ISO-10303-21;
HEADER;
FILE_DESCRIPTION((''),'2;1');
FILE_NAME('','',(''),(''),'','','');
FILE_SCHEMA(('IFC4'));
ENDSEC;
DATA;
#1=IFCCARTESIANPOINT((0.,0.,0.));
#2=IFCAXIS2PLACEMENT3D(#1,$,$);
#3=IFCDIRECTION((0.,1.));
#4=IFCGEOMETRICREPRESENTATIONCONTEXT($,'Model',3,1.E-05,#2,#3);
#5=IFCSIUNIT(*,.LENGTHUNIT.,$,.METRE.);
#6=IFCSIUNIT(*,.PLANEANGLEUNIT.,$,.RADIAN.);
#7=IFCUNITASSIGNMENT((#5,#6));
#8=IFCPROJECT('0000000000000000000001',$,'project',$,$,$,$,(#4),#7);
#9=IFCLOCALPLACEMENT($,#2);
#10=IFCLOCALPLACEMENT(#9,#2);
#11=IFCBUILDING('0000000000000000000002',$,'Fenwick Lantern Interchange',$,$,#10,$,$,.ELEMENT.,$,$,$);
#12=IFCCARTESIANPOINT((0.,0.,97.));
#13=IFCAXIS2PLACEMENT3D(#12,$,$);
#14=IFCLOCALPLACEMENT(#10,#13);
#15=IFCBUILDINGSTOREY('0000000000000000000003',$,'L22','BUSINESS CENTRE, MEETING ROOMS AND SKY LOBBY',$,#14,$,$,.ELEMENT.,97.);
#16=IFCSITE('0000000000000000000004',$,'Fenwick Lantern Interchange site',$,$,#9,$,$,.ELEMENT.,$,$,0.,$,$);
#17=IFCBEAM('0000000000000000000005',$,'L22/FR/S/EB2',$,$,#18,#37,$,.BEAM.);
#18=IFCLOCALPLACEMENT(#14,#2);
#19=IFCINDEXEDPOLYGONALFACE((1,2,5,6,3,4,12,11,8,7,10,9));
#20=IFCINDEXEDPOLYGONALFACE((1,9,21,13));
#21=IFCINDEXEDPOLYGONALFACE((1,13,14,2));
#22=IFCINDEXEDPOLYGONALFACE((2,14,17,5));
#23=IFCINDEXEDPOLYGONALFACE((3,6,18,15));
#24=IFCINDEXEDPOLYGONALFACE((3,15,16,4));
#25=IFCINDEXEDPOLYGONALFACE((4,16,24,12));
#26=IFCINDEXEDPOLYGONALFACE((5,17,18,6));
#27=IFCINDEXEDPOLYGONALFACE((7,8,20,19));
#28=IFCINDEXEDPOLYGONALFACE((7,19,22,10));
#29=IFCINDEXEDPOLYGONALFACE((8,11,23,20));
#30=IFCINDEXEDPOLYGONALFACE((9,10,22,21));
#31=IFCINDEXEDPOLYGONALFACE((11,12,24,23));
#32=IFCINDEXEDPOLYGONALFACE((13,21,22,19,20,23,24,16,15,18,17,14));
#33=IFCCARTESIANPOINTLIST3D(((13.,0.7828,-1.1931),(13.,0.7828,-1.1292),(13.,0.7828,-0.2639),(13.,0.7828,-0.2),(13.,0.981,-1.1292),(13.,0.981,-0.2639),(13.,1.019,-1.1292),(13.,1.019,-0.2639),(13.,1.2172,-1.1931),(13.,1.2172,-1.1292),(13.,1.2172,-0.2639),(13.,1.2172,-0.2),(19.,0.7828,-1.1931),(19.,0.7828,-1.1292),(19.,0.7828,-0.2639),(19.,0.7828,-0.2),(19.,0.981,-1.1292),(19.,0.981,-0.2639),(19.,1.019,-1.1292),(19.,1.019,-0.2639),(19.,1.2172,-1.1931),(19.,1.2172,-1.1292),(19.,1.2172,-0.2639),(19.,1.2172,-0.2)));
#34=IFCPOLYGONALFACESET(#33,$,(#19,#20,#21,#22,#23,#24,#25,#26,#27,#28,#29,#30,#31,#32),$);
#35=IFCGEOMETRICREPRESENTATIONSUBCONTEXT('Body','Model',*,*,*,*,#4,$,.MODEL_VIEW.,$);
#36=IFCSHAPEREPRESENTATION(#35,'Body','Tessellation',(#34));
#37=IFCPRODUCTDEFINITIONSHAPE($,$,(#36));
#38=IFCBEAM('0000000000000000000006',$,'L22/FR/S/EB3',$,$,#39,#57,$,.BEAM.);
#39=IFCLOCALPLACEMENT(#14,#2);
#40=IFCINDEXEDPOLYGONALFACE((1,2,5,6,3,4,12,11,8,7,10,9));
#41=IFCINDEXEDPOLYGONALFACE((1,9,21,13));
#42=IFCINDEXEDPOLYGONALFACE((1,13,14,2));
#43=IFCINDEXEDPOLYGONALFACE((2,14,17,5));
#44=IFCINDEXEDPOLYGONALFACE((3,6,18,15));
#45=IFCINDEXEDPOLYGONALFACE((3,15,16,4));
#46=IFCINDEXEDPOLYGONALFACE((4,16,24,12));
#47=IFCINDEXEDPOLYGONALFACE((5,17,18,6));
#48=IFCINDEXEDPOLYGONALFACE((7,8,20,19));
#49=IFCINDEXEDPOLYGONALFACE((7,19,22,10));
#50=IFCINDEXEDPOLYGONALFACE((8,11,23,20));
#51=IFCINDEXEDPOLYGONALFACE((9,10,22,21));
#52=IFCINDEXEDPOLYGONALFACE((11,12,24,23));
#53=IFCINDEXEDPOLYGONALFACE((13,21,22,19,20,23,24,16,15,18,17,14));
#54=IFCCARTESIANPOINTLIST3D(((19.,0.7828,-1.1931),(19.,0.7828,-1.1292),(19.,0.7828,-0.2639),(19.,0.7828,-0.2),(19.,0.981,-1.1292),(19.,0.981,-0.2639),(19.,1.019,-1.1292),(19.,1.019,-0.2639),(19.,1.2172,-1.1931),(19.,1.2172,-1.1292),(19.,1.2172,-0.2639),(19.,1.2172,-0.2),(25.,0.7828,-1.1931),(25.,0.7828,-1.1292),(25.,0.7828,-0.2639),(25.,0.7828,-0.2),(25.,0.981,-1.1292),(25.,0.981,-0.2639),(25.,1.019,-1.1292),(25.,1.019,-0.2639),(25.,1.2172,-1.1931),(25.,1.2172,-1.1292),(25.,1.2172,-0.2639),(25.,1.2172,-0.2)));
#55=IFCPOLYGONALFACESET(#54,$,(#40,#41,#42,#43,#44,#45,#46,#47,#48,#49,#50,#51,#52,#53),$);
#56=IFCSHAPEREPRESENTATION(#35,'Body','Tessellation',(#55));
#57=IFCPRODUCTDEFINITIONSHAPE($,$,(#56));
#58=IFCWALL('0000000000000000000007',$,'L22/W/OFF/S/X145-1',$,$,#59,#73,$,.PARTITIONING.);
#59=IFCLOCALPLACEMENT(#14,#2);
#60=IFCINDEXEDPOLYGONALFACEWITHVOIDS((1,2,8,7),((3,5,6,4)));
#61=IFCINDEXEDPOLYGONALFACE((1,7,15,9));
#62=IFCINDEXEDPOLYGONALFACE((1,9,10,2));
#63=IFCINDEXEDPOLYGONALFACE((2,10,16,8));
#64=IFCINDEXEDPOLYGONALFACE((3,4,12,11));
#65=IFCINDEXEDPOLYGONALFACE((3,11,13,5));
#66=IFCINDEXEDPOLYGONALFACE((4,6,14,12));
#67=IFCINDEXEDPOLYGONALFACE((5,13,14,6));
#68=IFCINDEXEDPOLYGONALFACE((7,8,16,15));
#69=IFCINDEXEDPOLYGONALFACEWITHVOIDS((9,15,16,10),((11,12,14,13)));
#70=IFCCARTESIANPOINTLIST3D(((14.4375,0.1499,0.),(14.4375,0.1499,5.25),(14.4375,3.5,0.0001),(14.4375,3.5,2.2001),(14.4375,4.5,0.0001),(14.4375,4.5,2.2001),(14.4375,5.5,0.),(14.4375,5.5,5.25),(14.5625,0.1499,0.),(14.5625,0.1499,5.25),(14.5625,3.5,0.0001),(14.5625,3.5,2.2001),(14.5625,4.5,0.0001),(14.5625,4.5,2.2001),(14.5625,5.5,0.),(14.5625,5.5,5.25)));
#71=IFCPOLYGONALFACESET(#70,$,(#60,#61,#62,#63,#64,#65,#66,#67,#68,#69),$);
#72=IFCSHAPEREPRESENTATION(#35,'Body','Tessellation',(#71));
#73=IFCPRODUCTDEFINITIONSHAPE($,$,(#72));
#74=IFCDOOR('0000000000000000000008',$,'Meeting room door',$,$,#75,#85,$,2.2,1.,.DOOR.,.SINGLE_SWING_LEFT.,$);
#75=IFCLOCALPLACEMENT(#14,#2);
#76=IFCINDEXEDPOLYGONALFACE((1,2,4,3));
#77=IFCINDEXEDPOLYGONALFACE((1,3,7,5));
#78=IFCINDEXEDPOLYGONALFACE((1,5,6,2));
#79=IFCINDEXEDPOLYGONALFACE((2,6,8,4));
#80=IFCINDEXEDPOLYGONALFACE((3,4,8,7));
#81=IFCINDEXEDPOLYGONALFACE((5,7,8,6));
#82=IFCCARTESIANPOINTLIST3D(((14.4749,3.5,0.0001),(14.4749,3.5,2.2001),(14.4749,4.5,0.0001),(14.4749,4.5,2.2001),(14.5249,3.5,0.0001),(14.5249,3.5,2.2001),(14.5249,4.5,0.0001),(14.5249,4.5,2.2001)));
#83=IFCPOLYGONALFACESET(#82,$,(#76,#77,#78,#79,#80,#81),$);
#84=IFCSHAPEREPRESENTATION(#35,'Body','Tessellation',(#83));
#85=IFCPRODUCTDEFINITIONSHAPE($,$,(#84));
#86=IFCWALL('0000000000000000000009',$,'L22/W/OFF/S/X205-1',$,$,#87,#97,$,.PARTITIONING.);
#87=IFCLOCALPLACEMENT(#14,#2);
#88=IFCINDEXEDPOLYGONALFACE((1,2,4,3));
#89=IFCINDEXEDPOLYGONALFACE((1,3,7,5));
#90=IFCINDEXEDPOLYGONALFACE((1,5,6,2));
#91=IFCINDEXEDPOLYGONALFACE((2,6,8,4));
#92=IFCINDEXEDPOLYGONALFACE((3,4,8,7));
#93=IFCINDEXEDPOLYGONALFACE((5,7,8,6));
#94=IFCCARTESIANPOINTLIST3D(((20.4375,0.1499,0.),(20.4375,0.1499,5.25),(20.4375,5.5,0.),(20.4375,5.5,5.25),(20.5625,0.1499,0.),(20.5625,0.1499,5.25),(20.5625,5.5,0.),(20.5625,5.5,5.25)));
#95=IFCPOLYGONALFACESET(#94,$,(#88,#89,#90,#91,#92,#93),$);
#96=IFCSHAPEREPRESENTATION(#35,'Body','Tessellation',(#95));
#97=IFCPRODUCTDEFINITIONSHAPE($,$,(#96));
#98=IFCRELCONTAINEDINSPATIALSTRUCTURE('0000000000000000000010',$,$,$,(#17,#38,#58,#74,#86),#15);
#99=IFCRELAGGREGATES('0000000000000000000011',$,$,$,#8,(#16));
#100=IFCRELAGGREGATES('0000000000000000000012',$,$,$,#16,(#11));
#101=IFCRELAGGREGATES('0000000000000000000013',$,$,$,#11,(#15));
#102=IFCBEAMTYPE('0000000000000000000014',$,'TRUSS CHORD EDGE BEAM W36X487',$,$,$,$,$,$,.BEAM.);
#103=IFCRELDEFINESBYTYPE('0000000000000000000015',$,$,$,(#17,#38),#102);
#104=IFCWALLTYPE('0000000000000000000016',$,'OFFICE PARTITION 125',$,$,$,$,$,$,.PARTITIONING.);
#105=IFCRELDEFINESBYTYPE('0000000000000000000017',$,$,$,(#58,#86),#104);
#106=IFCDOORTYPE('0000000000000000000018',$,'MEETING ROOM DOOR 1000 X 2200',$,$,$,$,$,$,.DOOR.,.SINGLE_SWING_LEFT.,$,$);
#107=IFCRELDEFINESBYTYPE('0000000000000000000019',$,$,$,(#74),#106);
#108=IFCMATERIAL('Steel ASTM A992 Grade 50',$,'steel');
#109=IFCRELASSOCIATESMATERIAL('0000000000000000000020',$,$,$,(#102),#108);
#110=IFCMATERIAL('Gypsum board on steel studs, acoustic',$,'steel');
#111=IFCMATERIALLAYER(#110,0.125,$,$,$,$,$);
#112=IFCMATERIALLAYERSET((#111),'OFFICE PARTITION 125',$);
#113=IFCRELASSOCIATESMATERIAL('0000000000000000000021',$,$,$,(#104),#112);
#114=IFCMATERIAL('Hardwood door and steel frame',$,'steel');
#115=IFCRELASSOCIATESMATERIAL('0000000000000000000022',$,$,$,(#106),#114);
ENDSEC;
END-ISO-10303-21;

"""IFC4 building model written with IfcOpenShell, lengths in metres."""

from ifc_helpers import new_model, si_unit, direction, frame, frame_2d, origin, origin_2d, place, context, subcontext, project, spatial, rectangle, i_section, extrude, material, layer, layer_set, material_profile, profile_set, type_object, element, fill, save


model = new_model("IFC4")

# Units and contexts
model_context = context("Model", 3, precision=1e-05, world=origin(), true_north=direction((0.0, 1.0)))
body_context = subcontext(model_context, "Body", "Model", "MODEL_VIEW")
ifc_project = project(units=[si_unit("LENGTHUNIT", "METRE"), si_unit("PLANEANGLEUNIT", "RADIAN")], contexts=[model_context])

# Site, building, storey
site_placement = place(None, origin())
site = spatial("IfcSite", under=ifc_project, at=site_placement, Name="Fenwick Lantern Interchange site", CompositionType="ELEMENT", RefElevation=0.0)
building_placement = place(site_placement, origin())
building = spatial("IfcBuilding", under=site, at=building_placement, Name="Fenwick Lantern Interchange", CompositionType="ELEMENT")
storey_placement = place(building_placement, frame((0.0, 0.0, 97.0)))
storey = spatial("IfcBuildingStorey", under=building, at=storey_placement, Name="L22", Description="BUSINESS CENTRE, MEETING ROOMS AND SKY LOBBY", CompositionType="ELEMENT", Elevation=97.0)

# Shared definitions
ifc_material_1 = material(Name="Steel ASTM A992 Grade 50", Category="steel")

# Beams
ifc_material_profile_1 = material_profile(ifc_material_1, i_section(OverallWidth=0.4343, OverallDepth=0.9932, WebThickness=0.0381, FlangeThickness=0.064, at=origin_2d()), Name="W36X487")
ifc_profile_set_1 = profile_set([ifc_material_profile_1], Name="Steel ASTM A992 Grade 50")
beam_type_1 = type_object("IfcBeamType", Name="TRUSS CHORD EDGE BEAM W36X487", PredefinedType="BEAM", material=ifc_profile_set_1)
for number, where, z_axis, x_axis, name in (
    (1, (13.0, 1.0, -0.6965), (1.0, 0.0, 0.0), (0.0, 1.0, 0.0), "L22/FR/S/EB2"),
    (2, (19.0, 1.0, -0.6965), (1.0, 0.0, 0.0), (0.0, 1.0, 0.0), "L22/FR/S/EB3"),
):
    element("IfcBeam", number, at=place(storey_placement, frame(where, z_axis=z_axis, x_axis=x_axis)), inside=storey, type_object=beam_type_1, Name=name, PredefinedType="BEAM", context=body_context, shape_type="SweptSolid", body=[
        extrude(i_section(OverallWidth=0.4343, OverallDepth=0.9932, WebThickness=0.0381, FlangeThickness=0.064, at=origin_2d()), origin(), (0.0, 0.0, 1.0), 6.0),
    ])

# Wall, opening, door
ifc_material_2 = material(Name="Gypsum board on steel studs, acoustic", Category="steel")
ifc_layer = layer(ifc_material_2, 0.125)
ifc_layer_set = layer_set([ifc_layer], Name="OFFICE PARTITION 125")
wall_type = type_object("IfcWallType", Name="OFFICE PARTITION 125", PredefinedType="PARTITIONING", material=ifc_layer_set)
wall_1_placement = place(storey_placement, frame((14.5, 0.1499, 0.0), z_axis=(0.0, 0.0, 1.0), x_axis=(0.0, 1.0, 0.0)))
wall_1 = element("IfcWall", 3, at=wall_1_placement, inside=storey, type_object=wall_type, Name="L22/W/OFF/S/X145-1", PredefinedType="PARTITIONING", context=body_context, shape_type="SweptSolid", body=[
    extrude(rectangle(XDim=5.3501, YDim=0.125, at=frame_2d((2.675, 0.0))), origin(), (0.0, 0.0, 1.0), 5.25),
])
opening_placement = place(wall_1_placement, frame((3.3501, 0.0, 0.0)))
opening = element("IfcOpeningElement", 4, at=opening_placement, cuts=wall_1, PredefinedType="OPENING", context=body_context, shape_type="SweptSolid", body=[
    extrude(rectangle(XDim=1.0, YDim=2.2, at=frame_2d((0.5, 1.1001))), frame((0.0, 0.0725, 0.0), z_axis=(0.0, -1.0, 0.0), x_axis=(1.0, 0.0, 0.0)), (0.0, 0.0, 1.0), 0.145),
])
ifc_material_3 = material(Name="Hardwood door and steel frame", Category="steel")
door_type = type_object("IfcDoorType", Name="MEETING ROOM DOOR 1000 X 2200", OperationType="SINGLE_SWING_LEFT", PredefinedType="DOOR", material=ifc_material_3)
door_placement = place(opening_placement, frame((1.0, 0.0, 0.0), z_axis=(0.0, 0.0, 1.0), x_axis=(-1.0, 0.0, 0.0)))
door = element("IfcDoor", 5, at=door_placement, inside=storey, type_object=door_type, Name="Meeting room door", OperationType="SINGLE_SWING_LEFT", OverallHeight=2.2, OverallWidth=1.0, PredefinedType="DOOR", context=body_context, shape_type="SweptSolid", body=[
    extrude(rectangle(XDim=1.0, YDim=2.2, at=frame_2d((0.5, 1.1001))), frame((0.0, 0.0249, 0.0), z_axis=(0.0, -1.0, 0.0), x_axis=(1.0, 0.0, 0.0)), (0.0, 0.0, 1.0), 0.05),
])
fill(opening, door)

# Wall
wall_2_placement = place(storey_placement, frame((20.5, 0.1499, 0.0), z_axis=(0.0, 0.0, 1.0), x_axis=(0.0, 1.0, 0.0)))
element("IfcWall", 6, at=wall_2_placement, inside=storey, type_object=wall_type, Name="L22/W/OFF/S/X205-1", PredefinedType="PARTITIONING", context=body_context, shape_type="SweptSolid", body=[
    extrude(rectangle(XDim=5.3501, YDim=0.125, at=frame_2d((2.675, 0.0))), origin(), (0.0, 0.0, 1.0), 5.25),
])

save(model, "model.ifc")
